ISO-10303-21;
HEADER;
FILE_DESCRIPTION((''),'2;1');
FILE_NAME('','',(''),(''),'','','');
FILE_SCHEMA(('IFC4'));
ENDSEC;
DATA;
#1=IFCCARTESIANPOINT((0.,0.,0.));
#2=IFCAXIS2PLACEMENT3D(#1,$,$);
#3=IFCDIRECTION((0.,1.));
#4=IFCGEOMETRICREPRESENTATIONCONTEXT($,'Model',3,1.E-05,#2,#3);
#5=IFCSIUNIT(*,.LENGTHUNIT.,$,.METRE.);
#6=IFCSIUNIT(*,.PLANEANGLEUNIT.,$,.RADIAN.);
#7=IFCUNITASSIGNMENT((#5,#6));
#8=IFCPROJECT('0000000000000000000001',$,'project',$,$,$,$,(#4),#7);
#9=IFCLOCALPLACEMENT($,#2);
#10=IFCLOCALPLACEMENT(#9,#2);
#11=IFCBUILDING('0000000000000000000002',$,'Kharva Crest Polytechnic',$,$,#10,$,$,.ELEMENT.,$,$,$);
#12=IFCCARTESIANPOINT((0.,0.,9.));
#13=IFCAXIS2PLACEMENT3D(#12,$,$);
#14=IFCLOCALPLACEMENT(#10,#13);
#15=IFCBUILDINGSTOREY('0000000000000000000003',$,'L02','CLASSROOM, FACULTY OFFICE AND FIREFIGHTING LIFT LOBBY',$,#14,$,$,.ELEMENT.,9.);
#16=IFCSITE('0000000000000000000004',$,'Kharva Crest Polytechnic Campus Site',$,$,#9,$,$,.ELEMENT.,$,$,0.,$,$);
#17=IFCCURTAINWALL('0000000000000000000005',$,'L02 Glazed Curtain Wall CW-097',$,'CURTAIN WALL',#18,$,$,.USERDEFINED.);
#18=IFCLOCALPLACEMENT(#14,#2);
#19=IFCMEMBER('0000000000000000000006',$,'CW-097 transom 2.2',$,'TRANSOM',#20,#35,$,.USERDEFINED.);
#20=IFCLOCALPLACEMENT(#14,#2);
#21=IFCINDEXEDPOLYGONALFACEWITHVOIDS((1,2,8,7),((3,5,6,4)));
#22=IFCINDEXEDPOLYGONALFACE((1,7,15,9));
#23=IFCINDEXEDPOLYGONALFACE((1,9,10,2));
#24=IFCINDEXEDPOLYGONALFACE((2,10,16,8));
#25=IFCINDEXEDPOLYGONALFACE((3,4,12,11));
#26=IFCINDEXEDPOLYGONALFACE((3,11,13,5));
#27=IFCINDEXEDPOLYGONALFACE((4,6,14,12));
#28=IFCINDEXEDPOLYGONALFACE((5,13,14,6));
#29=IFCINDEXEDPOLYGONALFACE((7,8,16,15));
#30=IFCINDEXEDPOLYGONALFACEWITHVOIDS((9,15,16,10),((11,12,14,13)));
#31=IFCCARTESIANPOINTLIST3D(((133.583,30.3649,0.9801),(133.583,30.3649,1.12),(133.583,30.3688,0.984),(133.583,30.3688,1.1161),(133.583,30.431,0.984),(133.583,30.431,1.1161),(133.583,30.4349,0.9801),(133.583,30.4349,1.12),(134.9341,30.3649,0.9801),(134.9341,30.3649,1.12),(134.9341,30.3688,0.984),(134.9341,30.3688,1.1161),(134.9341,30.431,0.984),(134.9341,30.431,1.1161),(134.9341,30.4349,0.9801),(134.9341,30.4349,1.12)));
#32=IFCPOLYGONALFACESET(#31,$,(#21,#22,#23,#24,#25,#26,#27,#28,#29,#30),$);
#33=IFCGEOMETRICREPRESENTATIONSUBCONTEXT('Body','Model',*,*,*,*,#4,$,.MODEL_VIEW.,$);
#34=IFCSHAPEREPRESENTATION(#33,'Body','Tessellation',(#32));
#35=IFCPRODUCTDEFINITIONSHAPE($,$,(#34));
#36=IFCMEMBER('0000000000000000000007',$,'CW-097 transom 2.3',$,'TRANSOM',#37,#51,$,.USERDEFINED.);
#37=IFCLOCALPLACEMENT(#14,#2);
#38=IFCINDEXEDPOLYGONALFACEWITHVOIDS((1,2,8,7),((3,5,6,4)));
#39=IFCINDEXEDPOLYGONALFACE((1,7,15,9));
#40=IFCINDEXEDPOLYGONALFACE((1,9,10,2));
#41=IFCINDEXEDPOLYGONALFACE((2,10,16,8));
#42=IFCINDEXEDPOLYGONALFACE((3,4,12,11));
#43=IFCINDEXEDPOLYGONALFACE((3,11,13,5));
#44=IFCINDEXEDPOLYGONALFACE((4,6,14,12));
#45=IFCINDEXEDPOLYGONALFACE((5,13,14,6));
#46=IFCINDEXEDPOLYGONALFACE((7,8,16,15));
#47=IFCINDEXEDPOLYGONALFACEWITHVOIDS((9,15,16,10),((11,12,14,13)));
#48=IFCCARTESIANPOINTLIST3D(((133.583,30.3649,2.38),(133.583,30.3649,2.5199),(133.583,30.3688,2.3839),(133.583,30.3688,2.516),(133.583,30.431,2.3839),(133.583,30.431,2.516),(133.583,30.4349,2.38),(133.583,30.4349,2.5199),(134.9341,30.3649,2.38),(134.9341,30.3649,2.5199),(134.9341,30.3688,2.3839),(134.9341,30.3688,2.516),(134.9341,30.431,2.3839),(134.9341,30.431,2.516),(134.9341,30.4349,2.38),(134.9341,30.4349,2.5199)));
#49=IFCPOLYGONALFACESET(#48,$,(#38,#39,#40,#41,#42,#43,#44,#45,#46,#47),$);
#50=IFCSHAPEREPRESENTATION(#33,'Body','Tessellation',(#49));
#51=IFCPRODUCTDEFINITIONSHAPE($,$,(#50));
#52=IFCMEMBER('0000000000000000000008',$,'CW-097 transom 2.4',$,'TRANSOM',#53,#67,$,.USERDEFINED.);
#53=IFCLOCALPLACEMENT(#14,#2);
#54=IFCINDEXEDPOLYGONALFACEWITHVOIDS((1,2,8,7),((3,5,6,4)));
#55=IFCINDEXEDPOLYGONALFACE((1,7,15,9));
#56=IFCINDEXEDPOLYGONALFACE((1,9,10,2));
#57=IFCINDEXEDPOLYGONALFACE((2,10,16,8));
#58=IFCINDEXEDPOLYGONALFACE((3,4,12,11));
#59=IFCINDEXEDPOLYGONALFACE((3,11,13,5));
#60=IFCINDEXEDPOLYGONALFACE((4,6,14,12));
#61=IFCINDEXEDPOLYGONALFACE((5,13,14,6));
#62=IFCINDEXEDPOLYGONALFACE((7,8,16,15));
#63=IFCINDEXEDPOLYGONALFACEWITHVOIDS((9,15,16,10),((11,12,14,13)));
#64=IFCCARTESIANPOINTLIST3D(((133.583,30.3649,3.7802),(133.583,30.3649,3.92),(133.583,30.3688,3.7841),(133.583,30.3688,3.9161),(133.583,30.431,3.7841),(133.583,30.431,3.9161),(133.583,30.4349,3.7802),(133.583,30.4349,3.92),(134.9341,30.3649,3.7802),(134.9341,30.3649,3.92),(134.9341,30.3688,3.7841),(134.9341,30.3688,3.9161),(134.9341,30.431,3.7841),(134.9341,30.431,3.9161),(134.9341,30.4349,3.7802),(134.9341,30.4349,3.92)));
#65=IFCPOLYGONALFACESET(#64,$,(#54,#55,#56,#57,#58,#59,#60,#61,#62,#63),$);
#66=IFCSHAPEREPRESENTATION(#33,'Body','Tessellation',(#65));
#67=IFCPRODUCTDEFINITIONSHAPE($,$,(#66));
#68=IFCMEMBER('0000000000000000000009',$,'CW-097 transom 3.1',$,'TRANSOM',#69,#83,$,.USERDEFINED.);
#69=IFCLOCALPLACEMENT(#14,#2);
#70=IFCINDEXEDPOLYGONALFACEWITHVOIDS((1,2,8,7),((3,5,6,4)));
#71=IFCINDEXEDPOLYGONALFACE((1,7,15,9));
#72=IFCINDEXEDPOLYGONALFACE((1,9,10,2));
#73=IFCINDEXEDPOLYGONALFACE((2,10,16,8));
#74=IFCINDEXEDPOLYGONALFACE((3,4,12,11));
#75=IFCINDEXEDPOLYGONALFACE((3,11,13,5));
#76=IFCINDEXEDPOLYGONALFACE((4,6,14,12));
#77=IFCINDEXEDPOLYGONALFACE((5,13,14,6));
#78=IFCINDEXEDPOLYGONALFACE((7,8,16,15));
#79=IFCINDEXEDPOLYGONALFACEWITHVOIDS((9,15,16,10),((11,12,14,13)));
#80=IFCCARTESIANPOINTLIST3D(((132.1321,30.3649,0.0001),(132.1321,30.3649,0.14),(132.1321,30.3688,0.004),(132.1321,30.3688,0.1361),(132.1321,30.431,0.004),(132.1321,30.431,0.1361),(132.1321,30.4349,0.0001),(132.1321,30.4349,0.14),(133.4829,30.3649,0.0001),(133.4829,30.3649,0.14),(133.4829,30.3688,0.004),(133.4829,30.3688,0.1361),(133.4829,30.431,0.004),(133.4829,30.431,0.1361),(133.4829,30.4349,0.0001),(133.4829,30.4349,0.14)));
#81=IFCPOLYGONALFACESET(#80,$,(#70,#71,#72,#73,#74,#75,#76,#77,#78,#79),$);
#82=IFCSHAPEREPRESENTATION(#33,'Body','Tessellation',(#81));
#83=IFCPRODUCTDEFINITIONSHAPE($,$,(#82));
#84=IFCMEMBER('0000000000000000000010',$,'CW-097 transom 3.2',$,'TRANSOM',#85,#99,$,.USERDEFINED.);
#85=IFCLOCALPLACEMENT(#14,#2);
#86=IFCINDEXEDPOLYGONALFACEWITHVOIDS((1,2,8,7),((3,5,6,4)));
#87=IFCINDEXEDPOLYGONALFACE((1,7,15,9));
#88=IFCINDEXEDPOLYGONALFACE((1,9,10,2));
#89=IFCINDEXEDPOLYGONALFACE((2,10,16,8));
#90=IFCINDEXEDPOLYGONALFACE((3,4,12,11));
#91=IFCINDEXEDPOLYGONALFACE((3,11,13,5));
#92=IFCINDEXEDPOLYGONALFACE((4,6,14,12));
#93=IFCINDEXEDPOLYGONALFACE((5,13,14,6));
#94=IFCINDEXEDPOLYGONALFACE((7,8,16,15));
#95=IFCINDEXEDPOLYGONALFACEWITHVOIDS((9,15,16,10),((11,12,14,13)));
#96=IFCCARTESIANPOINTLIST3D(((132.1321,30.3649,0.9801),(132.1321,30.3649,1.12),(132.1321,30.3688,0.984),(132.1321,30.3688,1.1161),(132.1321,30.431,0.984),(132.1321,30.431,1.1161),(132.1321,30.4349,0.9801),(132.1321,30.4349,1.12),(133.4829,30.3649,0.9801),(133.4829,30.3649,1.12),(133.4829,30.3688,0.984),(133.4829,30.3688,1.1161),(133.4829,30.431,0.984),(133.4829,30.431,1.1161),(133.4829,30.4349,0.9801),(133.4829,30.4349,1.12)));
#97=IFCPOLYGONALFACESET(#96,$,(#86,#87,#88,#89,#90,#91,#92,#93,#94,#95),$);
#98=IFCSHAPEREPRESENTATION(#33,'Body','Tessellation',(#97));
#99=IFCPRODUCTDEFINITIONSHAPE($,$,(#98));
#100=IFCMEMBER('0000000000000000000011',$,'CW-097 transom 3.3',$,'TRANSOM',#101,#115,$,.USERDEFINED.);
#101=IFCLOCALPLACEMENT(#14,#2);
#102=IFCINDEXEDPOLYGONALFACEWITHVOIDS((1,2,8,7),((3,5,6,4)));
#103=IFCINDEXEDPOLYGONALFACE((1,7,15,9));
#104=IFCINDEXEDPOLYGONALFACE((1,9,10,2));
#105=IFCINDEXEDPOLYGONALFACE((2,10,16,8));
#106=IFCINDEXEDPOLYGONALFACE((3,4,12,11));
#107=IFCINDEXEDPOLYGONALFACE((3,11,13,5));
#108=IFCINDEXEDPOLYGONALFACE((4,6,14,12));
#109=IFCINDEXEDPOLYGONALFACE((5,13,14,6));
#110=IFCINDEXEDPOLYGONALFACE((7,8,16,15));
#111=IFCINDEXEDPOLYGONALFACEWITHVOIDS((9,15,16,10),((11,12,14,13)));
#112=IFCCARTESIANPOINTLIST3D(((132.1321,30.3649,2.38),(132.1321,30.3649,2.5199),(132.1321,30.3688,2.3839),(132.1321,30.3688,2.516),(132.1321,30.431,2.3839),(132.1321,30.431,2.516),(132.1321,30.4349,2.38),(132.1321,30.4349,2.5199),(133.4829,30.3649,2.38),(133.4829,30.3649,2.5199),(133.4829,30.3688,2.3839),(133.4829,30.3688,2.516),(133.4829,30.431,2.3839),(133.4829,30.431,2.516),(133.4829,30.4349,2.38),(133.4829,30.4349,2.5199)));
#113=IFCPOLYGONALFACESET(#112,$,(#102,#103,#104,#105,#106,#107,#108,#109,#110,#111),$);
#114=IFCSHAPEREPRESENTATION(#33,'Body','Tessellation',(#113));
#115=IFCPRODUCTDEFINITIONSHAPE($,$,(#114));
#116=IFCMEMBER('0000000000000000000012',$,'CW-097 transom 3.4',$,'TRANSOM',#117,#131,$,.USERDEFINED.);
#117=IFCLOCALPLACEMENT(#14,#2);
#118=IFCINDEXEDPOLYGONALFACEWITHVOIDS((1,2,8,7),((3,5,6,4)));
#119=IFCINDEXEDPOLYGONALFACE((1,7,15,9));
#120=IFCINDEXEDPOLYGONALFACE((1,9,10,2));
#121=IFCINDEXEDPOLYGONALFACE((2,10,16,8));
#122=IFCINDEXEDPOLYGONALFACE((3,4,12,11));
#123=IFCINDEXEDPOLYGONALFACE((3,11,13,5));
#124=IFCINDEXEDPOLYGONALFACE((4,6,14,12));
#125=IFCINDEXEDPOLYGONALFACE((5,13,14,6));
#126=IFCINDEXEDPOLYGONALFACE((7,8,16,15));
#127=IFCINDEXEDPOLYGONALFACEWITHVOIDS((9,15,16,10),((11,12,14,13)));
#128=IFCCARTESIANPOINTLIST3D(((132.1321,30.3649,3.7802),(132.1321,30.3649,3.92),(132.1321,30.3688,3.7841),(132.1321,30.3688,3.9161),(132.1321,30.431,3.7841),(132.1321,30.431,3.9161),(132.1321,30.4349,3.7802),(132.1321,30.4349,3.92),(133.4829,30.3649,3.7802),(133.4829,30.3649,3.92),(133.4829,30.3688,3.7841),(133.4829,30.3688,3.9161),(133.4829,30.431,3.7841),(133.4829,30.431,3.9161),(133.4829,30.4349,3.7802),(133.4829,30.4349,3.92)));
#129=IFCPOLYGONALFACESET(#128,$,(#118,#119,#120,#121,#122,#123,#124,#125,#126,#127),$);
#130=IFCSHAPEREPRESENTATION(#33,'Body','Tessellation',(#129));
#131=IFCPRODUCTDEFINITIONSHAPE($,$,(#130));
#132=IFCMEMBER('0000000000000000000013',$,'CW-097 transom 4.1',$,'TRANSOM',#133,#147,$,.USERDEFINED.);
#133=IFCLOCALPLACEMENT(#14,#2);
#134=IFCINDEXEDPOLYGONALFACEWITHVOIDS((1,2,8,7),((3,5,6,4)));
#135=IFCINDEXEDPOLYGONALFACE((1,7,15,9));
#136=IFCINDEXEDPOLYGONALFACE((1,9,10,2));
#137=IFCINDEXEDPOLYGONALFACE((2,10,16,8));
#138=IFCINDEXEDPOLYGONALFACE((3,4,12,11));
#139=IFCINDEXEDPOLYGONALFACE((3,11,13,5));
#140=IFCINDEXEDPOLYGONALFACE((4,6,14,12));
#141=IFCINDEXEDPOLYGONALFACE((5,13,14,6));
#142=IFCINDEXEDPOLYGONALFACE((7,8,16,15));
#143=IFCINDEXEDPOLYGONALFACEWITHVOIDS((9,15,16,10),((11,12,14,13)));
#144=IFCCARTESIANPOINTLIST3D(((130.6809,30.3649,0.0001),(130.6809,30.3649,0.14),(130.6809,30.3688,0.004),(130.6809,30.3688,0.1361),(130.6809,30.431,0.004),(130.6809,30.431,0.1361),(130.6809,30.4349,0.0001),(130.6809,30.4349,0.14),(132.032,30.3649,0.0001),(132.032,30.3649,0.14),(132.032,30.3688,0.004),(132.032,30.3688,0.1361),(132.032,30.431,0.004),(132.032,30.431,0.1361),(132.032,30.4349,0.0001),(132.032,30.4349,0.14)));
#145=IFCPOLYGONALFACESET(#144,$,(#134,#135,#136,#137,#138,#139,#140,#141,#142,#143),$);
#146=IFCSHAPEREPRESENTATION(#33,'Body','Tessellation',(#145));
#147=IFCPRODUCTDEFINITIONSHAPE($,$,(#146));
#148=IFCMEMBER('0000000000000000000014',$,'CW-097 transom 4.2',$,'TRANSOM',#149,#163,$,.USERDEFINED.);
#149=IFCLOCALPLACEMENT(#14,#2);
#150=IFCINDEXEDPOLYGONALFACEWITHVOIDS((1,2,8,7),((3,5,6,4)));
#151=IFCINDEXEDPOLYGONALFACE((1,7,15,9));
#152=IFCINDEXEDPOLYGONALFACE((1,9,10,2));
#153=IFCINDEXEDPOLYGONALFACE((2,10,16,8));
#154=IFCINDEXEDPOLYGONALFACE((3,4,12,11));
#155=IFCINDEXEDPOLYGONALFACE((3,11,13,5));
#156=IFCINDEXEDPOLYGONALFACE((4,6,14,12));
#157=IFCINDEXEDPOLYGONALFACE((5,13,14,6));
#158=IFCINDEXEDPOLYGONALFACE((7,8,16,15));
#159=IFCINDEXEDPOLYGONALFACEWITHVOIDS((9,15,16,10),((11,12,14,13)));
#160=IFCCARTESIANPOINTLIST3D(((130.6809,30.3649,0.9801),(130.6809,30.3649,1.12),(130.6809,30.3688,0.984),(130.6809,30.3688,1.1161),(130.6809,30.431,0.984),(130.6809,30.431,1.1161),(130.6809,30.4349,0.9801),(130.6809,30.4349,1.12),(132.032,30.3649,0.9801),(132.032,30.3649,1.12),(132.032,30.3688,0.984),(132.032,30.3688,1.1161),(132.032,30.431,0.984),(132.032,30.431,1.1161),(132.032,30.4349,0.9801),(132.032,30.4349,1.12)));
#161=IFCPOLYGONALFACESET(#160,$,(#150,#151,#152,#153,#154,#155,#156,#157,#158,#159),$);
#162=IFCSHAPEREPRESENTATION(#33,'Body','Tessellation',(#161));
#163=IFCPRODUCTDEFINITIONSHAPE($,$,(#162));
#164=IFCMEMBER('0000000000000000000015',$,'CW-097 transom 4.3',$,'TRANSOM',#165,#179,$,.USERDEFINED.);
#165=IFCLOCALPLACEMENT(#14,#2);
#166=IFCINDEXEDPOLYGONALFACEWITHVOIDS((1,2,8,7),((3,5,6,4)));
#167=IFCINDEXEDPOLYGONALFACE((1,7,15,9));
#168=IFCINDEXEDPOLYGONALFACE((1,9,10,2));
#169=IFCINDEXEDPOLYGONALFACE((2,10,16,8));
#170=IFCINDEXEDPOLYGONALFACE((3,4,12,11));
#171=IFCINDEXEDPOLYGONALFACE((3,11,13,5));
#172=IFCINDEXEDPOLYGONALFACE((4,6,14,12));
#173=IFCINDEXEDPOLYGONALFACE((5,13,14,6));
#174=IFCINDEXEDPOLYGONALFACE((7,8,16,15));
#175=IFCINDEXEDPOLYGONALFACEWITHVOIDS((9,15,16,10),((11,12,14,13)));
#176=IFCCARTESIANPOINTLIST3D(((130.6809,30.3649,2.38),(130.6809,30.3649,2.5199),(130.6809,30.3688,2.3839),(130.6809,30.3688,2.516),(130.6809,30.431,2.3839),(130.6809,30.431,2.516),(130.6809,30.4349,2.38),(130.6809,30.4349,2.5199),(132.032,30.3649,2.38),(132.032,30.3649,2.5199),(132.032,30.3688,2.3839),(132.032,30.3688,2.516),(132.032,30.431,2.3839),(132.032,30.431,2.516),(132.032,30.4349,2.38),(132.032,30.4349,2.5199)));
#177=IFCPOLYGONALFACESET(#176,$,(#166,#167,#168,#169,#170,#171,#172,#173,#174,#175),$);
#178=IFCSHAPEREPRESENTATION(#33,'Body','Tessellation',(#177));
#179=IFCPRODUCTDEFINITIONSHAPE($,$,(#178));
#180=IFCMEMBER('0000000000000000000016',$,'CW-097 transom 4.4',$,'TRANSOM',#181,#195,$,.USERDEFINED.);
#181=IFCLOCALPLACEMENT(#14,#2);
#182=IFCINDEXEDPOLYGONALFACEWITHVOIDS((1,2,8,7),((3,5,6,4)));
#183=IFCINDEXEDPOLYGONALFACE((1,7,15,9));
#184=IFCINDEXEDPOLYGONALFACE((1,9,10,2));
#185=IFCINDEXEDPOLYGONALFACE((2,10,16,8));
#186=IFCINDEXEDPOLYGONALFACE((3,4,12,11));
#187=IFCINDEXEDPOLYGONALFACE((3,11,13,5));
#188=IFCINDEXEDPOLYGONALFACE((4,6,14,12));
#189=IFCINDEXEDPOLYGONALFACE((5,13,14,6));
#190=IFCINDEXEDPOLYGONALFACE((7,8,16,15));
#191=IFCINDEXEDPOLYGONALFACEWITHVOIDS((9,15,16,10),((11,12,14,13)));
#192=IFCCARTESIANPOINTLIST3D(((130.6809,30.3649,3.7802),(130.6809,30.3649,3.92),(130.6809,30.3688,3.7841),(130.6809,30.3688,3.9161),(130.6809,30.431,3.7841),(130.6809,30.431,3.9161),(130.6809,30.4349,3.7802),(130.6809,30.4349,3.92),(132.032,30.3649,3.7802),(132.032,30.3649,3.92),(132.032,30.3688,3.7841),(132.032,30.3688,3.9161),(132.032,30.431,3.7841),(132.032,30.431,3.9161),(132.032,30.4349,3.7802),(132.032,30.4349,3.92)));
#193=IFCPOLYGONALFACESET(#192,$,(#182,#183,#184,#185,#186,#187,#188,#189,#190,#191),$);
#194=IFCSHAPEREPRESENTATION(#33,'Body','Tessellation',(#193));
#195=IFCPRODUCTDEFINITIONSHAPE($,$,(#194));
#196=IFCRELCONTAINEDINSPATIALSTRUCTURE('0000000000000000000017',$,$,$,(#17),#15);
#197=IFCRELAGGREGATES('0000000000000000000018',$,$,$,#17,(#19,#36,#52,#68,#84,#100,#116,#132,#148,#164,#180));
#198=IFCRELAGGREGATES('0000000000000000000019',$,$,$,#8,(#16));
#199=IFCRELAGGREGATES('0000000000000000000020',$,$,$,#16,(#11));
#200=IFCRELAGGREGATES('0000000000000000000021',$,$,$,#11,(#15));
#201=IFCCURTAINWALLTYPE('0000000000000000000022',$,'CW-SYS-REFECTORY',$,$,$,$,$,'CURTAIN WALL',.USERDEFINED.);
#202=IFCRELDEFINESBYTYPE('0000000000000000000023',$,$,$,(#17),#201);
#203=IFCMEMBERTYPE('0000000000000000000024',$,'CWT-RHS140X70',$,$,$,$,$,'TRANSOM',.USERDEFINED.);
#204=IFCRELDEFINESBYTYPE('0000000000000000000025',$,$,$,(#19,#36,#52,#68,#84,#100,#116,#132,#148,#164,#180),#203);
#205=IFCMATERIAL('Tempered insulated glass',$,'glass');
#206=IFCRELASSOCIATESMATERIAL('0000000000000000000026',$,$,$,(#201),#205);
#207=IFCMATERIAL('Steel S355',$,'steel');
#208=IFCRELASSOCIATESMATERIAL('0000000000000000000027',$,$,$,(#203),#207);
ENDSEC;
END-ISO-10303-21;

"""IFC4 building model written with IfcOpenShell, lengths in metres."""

from ifc_helpers import new_model, si_unit, direction, frame, origin, origin_2d, place, context, subcontext, project, spatial, hollow_rectangle, extrude, material, material_profile, profile_set, type_object, element, aggregate, save


model = new_model("IFC4")

# Units and contexts
model_context = context("Model", 3, precision=1e-05, world=origin(), true_north=direction((0.0, 1.0)))
body_context = subcontext(model_context, "Body", "Model", "MODEL_VIEW")
ifc_project = project(units=[si_unit("LENGTHUNIT", "METRE"), si_unit("PLANEANGLEUNIT", "RADIAN")], contexts=[model_context])

# Site, building, storey
site_placement = place(None, origin())
site = spatial("IfcSite", under=ifc_project, at=site_placement, Name="Kharva Crest Polytechnic Campus Site", CompositionType="ELEMENT", RefElevation=0.0)
building_placement = place(site_placement, origin())
building = spatial("IfcBuilding", under=site, at=building_placement, Name="Kharva Crest Polytechnic", CompositionType="ELEMENT")
storey_placement = place(building_placement, frame((0.0, 0.0, 9.0)))
storey = spatial("IfcBuildingStorey", under=building, at=storey_placement, Name="L02", Description="CLASSROOM, FACULTY OFFICE AND FIREFIGHTING LIFT LOBBY", CompositionType="ELEMENT", Elevation=9.0)

# Curtain wall, members
ifc_material_1 = material(Name="Tempered insulated glass", Category="glass")
curtain_wall_type = type_object("IfcCurtainWallType", Name="CW-SYS-REFECTORY", ElementType="CURTAIN WALL", PredefinedType="USERDEFINED", material=ifc_material_1)
curtain_wall_placement = place(storey_placement, origin())
curtain_wall = element("IfcCurtainWall", 1, at=curtain_wall_placement, inside=storey, type_object=curtain_wall_type, Name="L02 Glazed Curtain Wall CW-097", ObjectType="CURTAIN WALL", PredefinedType="USERDEFINED")
ifc_material_2 = material(Name="Steel S355", Category="steel")
ifc_material_profile_1 = material_profile(ifc_material_2, hollow_rectangle(XDim=0.0701, YDim=0.1399, WallThickness=0.0039, at=origin_2d()), Name="RHS 140X70X4.0")
ifc_profile_set_1 = profile_set([ifc_material_profile_1], Name="Steel S355")
member_type_1 = type_object("IfcMemberType", Name="CWT-RHS140X70", ElementType="TRANSOM", PredefinedType="USERDEFINED", material=ifc_profile_set_1)
member_1_placement = place(storey_placement, frame((134.9341, 30.3999, 1.05), z_axis=(-1.0, 0.0, 0.0), x_axis=(0.0, -1.0, 0.0)))
member_1 = element("IfcMember", 2, at=member_1_placement, type_object=member_type_1, Name="CW-097 transom 2.2", ObjectType="TRANSOM", PredefinedType="USERDEFINED", context=body_context, shape_type="SweptSolid", body=[
    extrude(hollow_rectangle(XDim=0.0701, YDim=0.1399, WallThickness=0.0039, at=origin_2d()), origin(), (0.0, 0.0, 1.0), 1.3511),
])
member_2_placement = place(storey_placement, frame((134.9341, 30.3999, 2.45), z_axis=(-1.0, 0.0, 0.0), x_axis=(0.0, -1.0, 0.0)))
member_2 = element("IfcMember", 3, at=member_2_placement, type_object=member_type_1, Name="CW-097 transom 2.3", ObjectType="TRANSOM", PredefinedType="USERDEFINED", context=body_context, shape_type="SweptSolid", body=[
    extrude(hollow_rectangle(XDim=0.0701, YDim=0.1399, WallThickness=0.0039, at=origin_2d()), origin(), (0.0, 0.0, 1.0), 1.3511),
])
member_3_placement = place(storey_placement, frame((134.9341, 30.3999, 3.8501), z_axis=(-1.0, 0.0, 0.0), x_axis=(0.0, -1.0, 0.0)))
member_3 = element("IfcMember", 4, at=member_3_placement, type_object=member_type_1, Name="CW-097 transom 2.4", ObjectType="TRANSOM", PredefinedType="USERDEFINED", context=body_context, shape_type="SweptSolid", body=[
    extrude(hollow_rectangle(XDim=0.0701, YDim=0.1399, WallThickness=0.0039, at=origin_2d()), origin(), (0.0, 0.0, 1.0), 1.3511),
])
member_4_placement = place(storey_placement, frame((133.4829, 30.3999, 0.0701), z_axis=(-1.0, 0.0, 0.0), x_axis=(0.0, -1.0, 0.0)))
member_4 = element("IfcMember", 5, at=member_4_placement, type_object=member_type_1, Name="CW-097 transom 3.1", ObjectType="TRANSOM", PredefinedType="USERDEFINED", context=body_context, shape_type="SweptSolid", body=[
    extrude(hollow_rectangle(XDim=0.0701, YDim=0.1399, WallThickness=0.0039, at=origin_2d()), origin(), (0.0, 0.0, 1.0), 1.3508),
])
member_5_placement = place(storey_placement, frame((133.4829, 30.3999, 1.05), z_axis=(-1.0, 0.0, 0.0), x_axis=(0.0, -1.0, 0.0)))
member_5 = element("IfcMember", 6, at=member_5_placement, type_object=member_type_1, Name="CW-097 transom 3.2", ObjectType="TRANSOM", PredefinedType="USERDEFINED", context=body_context, shape_type="SweptSolid", body=[
    extrude(hollow_rectangle(XDim=0.0701, YDim=0.1399, WallThickness=0.0039, at=origin_2d()), origin(), (0.0, 0.0, 1.0), 1.3508),
])
member_6_placement = place(storey_placement, frame((133.4829, 30.3999, 2.45), z_axis=(-1.0, 0.0, 0.0), x_axis=(0.0, -1.0, 0.0)))
member_6 = element("IfcMember", 7, at=member_6_placement, type_object=member_type_1, Name="CW-097 transom 3.3", ObjectType="TRANSOM", PredefinedType="USERDEFINED", context=body_context, shape_type="SweptSolid", body=[
    extrude(hollow_rectangle(XDim=0.0701, YDim=0.1399, WallThickness=0.0039, at=origin_2d()), origin(), (0.0, 0.0, 1.0), 1.3508),
])
member_7_placement = place(storey_placement, frame((133.4829, 30.3999, 3.8501), z_axis=(-1.0, 0.0, 0.0), x_axis=(0.0, -1.0, 0.0)))
member_7 = element("IfcMember", 8, at=member_7_placement, type_object=member_type_1, Name="CW-097 transom 3.4", ObjectType="TRANSOM", PredefinedType="USERDEFINED", context=body_context, shape_type="SweptSolid", body=[
    extrude(hollow_rectangle(XDim=0.0701, YDim=0.1399, WallThickness=0.0039, at=origin_2d()), origin(), (0.0, 0.0, 1.0), 1.3508),
])
member_8_placement = place(storey_placement, frame((132.032, 30.3999, 0.0701), z_axis=(-1.0, 0.0, 0.0), x_axis=(0.0, -1.0, 0.0)))
member_8 = element("IfcMember", 9, at=member_8_placement, type_object=member_type_1, Name="CW-097 transom 4.1", ObjectType="TRANSOM", PredefinedType="USERDEFINED", context=body_context, shape_type="SweptSolid", body=[
    extrude(hollow_rectangle(XDim=0.0701, YDim=0.1399, WallThickness=0.0039, at=origin_2d()), origin(), (0.0, 0.0, 1.0), 1.3511),
])
member_9_placement = place(storey_placement, frame((132.032, 30.3999, 1.05), z_axis=(-1.0, 0.0, 0.0), x_axis=(0.0, -1.0, 0.0)))
member_9 = element("IfcMember", 10, at=member_9_placement, type_object=member_type_1, Name="CW-097 transom 4.2", ObjectType="TRANSOM", PredefinedType="USERDEFINED", context=body_context, shape_type="SweptSolid", body=[
    extrude(hollow_rectangle(XDim=0.0701, YDim=0.1399, WallThickness=0.0039, at=origin_2d()), origin(), (0.0, 0.0, 1.0), 1.3511),
])
member_10_placement = place(storey_placement, frame((132.032, 30.3999, 2.45), z_axis=(-1.0, 0.0, 0.0), x_axis=(0.0, -1.0, 0.0)))
member_10 = element("IfcMember", 11, at=member_10_placement, type_object=member_type_1, Name="CW-097 transom 4.3", ObjectType="TRANSOM", PredefinedType="USERDEFINED", context=body_context, shape_type="SweptSolid", body=[
    extrude(hollow_rectangle(XDim=0.0701, YDim=0.1399, WallThickness=0.0039, at=origin_2d()), origin(), (0.0, 0.0, 1.0), 1.3511),
])
member_11_placement = place(storey_placement, frame((132.032, 30.3999, 3.8501), z_axis=(-1.0, 0.0, 0.0), x_axis=(0.0, -1.0, 0.0)))
member_11 = element("IfcMember", 12, at=member_11_placement, type_object=member_type_1, Name="CW-097 transom 4.4", ObjectType="TRANSOM", PredefinedType="USERDEFINED", context=body_context, shape_type="SweptSolid", body=[
    extrude(hollow_rectangle(XDim=0.0701, YDim=0.1399, WallThickness=0.0039, at=origin_2d()), origin(), (0.0, 0.0, 1.0), 1.3511),
])

aggregate(curtain_wall, [member_1, member_2, member_3, member_4, member_5, member_6, member_7, member_8, member_9, member_10, member_11])

save(model, "model.ifc")
